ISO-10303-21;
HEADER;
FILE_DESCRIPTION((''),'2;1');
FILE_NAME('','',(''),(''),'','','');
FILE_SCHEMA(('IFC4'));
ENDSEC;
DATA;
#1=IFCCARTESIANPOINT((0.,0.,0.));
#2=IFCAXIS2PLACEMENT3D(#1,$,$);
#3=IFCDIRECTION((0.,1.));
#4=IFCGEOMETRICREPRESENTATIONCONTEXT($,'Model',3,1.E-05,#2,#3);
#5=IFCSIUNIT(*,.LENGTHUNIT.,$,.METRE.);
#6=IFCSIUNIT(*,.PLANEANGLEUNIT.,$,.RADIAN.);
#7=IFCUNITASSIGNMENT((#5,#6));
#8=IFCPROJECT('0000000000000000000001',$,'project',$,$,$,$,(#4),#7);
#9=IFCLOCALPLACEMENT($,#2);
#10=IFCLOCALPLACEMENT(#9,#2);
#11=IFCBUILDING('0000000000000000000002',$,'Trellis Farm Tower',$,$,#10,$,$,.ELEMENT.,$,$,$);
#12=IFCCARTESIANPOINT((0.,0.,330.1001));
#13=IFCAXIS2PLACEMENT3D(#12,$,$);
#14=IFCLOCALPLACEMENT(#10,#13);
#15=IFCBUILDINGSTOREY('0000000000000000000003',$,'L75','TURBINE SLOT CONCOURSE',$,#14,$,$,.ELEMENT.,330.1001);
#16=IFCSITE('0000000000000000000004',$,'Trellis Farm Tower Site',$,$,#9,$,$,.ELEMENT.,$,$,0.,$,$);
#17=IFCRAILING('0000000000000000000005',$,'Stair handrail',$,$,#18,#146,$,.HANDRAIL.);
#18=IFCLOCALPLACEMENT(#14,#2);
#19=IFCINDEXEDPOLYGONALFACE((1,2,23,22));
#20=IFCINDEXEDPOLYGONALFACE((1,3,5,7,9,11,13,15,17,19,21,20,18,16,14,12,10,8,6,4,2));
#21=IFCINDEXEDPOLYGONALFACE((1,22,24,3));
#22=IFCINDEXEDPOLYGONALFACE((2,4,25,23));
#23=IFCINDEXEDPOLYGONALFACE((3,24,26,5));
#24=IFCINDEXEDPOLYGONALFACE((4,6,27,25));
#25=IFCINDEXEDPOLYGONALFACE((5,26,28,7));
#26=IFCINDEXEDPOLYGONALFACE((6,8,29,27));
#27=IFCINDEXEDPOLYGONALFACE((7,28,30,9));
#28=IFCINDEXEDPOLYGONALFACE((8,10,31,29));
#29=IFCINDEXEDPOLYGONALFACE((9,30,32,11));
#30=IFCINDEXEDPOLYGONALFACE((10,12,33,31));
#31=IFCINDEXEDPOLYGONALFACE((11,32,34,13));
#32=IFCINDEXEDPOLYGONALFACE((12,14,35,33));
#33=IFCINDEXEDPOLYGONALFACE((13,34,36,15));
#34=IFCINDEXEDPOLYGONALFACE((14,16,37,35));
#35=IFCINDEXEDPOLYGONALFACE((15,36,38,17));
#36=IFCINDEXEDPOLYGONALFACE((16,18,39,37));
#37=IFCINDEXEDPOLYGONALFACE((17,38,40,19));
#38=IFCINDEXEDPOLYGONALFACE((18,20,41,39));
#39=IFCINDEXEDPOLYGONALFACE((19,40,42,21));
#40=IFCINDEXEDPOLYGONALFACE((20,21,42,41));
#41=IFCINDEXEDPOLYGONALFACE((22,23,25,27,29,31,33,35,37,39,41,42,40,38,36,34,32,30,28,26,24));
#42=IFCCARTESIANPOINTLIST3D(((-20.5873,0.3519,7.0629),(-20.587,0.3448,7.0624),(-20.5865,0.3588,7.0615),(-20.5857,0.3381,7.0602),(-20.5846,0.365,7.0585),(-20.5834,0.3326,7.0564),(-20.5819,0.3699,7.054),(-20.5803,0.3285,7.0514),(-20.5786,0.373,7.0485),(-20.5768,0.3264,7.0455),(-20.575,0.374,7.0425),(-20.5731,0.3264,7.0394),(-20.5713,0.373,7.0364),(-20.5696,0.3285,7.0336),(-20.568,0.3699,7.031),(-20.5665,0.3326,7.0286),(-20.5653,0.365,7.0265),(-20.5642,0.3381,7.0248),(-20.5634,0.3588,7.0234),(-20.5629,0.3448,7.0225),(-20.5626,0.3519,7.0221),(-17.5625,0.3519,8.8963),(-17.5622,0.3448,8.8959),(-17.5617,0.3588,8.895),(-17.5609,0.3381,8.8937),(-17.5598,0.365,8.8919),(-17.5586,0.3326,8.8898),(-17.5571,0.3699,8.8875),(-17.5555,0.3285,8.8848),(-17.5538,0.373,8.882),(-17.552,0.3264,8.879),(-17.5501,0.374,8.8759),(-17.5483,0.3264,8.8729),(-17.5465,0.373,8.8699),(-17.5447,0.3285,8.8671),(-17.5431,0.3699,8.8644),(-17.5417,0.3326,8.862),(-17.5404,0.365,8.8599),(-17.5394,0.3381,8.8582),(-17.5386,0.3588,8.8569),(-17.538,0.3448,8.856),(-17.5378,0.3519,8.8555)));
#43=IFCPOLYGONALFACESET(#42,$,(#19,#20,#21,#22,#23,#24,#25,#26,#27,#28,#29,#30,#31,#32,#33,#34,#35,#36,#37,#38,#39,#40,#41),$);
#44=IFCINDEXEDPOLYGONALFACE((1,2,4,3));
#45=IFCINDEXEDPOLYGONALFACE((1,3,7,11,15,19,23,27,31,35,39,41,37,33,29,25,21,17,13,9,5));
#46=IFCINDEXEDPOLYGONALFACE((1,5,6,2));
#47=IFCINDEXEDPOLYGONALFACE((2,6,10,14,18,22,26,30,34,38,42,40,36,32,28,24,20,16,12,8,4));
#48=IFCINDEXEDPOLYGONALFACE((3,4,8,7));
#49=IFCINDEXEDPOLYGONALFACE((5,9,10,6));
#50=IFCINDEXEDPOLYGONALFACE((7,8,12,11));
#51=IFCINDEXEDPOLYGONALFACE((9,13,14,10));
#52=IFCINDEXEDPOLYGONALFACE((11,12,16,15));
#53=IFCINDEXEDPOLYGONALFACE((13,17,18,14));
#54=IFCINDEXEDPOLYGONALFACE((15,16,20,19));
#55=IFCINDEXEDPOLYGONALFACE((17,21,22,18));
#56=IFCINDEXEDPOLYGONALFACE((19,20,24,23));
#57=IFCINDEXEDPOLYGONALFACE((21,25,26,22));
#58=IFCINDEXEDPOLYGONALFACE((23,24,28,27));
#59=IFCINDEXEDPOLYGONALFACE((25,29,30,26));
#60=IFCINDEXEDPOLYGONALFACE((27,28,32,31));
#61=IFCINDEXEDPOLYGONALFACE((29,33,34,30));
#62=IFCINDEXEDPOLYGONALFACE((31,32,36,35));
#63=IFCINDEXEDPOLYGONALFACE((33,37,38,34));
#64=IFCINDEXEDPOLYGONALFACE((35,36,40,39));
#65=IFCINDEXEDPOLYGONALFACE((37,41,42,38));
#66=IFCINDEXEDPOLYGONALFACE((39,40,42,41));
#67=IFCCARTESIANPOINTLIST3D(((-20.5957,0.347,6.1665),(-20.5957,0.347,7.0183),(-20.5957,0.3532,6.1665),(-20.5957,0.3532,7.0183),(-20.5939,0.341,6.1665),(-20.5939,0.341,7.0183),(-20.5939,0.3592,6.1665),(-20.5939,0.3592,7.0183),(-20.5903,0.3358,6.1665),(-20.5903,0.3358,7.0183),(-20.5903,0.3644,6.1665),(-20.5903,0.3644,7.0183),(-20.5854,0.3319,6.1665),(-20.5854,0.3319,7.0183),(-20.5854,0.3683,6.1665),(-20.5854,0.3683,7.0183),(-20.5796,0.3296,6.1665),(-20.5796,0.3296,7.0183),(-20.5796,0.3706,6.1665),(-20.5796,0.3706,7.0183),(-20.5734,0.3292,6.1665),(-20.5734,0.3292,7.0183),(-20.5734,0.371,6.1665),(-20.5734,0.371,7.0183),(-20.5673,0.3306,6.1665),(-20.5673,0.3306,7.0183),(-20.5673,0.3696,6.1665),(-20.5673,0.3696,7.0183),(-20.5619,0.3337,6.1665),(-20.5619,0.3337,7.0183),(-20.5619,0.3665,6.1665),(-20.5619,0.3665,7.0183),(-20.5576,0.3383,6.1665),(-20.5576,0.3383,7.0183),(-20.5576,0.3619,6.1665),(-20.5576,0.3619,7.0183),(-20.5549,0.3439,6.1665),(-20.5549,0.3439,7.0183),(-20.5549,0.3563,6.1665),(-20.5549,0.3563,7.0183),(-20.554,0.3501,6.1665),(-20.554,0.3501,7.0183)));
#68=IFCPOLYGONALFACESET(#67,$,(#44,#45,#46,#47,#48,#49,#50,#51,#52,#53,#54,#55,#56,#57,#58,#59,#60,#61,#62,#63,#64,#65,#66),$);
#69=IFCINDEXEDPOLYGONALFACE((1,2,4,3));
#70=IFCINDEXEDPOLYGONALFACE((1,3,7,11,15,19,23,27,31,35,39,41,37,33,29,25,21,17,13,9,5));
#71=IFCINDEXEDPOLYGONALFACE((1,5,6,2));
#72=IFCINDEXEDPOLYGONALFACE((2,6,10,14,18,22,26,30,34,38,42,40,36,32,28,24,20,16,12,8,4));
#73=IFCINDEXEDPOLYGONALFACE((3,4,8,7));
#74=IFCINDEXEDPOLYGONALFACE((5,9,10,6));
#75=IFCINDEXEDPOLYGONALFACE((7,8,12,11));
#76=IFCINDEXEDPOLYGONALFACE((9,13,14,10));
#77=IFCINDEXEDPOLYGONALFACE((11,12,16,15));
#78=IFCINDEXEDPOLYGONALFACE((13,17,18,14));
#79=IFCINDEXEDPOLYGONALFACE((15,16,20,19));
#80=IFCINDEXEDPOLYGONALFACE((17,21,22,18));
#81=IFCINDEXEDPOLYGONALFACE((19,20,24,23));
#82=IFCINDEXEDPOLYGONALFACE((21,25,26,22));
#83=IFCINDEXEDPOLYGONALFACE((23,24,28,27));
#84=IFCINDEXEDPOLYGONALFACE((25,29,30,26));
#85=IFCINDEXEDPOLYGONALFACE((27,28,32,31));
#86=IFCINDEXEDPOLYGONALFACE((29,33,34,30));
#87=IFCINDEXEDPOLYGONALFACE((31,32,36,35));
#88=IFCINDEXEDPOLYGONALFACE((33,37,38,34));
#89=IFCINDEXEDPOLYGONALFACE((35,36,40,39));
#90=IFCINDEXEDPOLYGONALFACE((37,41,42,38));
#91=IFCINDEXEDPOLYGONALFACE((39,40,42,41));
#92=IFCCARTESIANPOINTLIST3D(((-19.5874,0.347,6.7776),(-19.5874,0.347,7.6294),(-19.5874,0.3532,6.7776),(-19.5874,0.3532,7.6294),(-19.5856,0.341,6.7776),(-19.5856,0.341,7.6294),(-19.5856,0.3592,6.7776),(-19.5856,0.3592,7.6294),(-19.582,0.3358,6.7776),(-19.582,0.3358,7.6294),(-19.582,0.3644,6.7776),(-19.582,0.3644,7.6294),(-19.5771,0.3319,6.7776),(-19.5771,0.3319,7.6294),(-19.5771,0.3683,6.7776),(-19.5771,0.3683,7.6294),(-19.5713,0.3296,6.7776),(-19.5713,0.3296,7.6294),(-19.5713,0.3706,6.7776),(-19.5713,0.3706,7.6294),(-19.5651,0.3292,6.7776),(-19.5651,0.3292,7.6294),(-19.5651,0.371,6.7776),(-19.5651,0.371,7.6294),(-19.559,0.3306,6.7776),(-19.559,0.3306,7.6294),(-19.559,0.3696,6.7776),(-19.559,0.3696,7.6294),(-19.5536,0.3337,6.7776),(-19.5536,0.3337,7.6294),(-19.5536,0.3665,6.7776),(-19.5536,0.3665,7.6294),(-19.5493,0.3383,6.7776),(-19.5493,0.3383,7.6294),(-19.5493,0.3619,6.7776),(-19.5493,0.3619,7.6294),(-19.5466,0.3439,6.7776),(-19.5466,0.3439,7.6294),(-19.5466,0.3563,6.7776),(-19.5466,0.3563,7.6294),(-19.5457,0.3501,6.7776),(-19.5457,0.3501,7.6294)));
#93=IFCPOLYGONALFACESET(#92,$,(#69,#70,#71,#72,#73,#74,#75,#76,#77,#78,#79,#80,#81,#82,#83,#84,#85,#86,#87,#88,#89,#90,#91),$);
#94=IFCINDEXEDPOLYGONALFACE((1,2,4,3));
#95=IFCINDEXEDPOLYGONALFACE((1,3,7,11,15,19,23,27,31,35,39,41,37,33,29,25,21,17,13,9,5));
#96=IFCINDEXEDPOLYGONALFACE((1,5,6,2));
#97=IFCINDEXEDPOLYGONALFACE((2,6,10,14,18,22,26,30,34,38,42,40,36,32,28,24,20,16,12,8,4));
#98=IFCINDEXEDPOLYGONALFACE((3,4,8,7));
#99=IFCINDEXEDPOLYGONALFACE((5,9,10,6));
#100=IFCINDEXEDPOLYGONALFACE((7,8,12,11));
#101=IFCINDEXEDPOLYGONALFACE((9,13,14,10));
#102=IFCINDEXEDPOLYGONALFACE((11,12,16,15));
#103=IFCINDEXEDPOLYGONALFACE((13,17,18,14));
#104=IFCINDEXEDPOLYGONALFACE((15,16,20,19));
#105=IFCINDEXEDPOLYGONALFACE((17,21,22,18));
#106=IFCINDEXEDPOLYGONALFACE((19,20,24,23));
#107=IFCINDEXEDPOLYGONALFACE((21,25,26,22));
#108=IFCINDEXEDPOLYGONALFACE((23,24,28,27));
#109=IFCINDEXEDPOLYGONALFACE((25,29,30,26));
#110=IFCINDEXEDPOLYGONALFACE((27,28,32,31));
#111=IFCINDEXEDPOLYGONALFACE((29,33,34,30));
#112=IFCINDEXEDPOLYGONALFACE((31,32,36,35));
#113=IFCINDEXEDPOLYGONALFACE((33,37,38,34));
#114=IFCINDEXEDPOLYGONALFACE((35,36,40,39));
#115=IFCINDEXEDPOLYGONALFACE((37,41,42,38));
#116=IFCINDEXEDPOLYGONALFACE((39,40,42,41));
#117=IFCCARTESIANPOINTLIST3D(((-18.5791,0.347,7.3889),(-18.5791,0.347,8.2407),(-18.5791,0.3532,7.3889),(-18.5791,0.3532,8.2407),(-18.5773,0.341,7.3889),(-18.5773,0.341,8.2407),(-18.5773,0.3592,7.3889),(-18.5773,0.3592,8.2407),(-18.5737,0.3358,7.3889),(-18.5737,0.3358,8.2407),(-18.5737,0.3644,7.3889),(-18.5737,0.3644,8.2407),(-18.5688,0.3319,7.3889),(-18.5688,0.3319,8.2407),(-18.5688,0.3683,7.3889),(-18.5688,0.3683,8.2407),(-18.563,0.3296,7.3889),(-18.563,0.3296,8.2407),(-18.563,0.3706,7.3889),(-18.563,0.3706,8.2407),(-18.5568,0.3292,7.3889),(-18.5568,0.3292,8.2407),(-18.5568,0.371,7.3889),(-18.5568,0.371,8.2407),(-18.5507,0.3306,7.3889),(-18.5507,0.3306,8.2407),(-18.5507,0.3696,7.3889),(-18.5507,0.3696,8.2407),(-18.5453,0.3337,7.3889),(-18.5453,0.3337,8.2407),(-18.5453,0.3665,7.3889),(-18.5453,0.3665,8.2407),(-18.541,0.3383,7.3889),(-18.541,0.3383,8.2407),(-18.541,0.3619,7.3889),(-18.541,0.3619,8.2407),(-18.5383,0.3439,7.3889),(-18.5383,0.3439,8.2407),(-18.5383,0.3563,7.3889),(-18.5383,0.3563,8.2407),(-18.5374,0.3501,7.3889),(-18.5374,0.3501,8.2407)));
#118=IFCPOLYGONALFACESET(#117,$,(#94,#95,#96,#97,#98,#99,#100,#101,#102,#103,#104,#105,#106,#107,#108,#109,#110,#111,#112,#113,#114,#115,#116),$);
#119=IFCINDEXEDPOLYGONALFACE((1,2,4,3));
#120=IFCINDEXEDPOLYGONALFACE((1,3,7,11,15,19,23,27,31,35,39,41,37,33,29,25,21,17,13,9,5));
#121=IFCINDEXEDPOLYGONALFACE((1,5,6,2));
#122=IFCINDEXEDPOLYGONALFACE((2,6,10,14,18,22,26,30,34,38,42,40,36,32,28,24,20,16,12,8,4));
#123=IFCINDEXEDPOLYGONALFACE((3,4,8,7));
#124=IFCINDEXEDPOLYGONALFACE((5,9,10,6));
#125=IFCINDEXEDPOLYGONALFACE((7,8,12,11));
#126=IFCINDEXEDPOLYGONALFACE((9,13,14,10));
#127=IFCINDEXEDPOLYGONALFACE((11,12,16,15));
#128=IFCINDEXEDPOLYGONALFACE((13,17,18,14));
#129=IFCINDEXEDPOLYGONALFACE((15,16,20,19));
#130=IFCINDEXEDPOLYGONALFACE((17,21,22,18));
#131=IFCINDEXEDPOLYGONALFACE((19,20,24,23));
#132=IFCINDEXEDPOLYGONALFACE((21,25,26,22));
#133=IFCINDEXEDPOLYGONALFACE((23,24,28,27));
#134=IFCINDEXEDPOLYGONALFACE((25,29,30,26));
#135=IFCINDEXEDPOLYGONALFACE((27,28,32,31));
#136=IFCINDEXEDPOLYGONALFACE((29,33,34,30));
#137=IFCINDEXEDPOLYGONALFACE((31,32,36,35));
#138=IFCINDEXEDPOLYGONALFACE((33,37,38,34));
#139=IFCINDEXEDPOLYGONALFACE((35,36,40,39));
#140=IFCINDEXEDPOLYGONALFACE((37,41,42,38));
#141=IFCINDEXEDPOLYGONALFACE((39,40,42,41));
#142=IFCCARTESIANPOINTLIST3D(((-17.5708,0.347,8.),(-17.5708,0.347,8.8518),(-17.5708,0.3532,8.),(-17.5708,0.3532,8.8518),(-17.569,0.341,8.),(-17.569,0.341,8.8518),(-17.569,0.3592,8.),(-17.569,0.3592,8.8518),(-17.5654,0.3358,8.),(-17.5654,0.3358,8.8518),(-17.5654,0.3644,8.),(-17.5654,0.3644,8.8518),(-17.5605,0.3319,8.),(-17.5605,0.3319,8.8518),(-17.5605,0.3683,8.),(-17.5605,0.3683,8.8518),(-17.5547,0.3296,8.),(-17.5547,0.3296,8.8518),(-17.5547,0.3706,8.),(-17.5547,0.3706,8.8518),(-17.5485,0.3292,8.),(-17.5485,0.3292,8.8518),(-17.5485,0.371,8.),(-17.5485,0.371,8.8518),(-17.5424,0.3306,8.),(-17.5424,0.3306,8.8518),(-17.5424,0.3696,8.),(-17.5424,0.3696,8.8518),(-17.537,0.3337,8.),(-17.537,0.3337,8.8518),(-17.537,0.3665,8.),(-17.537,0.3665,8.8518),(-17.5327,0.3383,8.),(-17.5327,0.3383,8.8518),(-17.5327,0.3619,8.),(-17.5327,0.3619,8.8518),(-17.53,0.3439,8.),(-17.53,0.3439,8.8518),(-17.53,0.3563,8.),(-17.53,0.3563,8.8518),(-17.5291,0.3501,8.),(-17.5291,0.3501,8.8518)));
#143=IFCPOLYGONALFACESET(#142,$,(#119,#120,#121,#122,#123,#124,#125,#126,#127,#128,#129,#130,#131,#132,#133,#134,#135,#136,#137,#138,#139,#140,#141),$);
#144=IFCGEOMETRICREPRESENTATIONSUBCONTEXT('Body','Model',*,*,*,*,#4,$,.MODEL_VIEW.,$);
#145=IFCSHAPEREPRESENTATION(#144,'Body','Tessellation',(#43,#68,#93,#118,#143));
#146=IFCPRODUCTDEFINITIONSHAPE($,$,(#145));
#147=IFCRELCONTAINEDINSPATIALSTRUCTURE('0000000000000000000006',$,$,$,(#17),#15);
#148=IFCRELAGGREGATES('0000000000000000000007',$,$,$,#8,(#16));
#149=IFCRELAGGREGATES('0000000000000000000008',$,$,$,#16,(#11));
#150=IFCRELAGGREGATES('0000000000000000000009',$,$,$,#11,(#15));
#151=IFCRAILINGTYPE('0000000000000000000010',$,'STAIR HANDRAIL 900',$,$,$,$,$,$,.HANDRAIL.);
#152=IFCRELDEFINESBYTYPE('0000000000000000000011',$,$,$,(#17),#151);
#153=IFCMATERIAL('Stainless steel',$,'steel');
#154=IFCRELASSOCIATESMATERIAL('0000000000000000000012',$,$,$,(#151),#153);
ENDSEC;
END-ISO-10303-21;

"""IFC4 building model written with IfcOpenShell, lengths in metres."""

from ifc_helpers import new_model, si_unit, direction, frame, origin, origin_2d, place, context, subcontext, project, spatial, circle, extrude, source, transform, mapped, material, type_object, element, save


model = new_model("IFC4")

# Units and contexts
model_context = context("Model", 3, precision=1e-05, world=origin(), true_north=direction((0.0, 1.0)))
body_context = subcontext(model_context, "Body", "Model", "MODEL_VIEW")
ifc_project = project(units=[si_unit("LENGTHUNIT", "METRE"), si_unit("PLANEANGLEUNIT", "RADIAN")], contexts=[model_context])

# Site, building, storey
site_placement = place(None, origin())
site = spatial("IfcSite", under=ifc_project, at=site_placement, Name="Trellis Farm Tower Site", CompositionType="ELEMENT", RefElevation=0.0)
building_placement = place(site_placement, origin())
building = spatial("IfcBuilding", under=site, at=building_placement, Name="Trellis Farm Tower", CompositionType="ELEMENT")
storey_placement = place(building_placement, frame((0.0, 0.0, 330.1001)))
storey = spatial("IfcBuildingStorey", under=building, at=storey_placement, Name="L75", Description="TURBINE SLOT CONCOURSE", CompositionType="ELEMENT", Elevation=330.1001)

# Railing
ifc_material_1 = material(Name="Stainless steel", Category="steel")
railing_type_1 = type_object("IfcRailingType", Name="STAIR HANDRAIL 900", PredefinedType="HANDRAIL", material=ifc_material_1)
shared_shape_1 = source(origin(), body_context, "Body", "SweptSolid", [
    extrude(circle(Radius=0.0239, at=origin_2d()), frame((0.0, 0.0, 0.876), z_axis=(0.85517, 0.0, 0.518348), x_axis=(0.0, 1.0, 0.0)), (0.0, 0.0, 1.0), 3.5371),
    extrude(circle(Radius=0.021, at=origin_2d()), origin(), (0.0, 0.0, 1.0), 0.8518),
    extrude(circle(Radius=0.021, at=origin_2d()), frame((1.0083, 0.0, 0.6111)), (0.0, 0.0, 1.0), 0.8518),
    extrude(circle(Radius=0.021, at=origin_2d()), frame((2.0166, 0.0, 1.2224)), (0.0, 0.0, 1.0), 0.8518),
    extrude(circle(Radius=0.021, at=origin_2d()), frame((3.0249, 0.0, 1.8335)), (0.0, 0.0, 1.0), 0.8518),
])
for number, where, name in (
    (1, (-20.575, 0.3501, 6.1665), "Stair handrail"),
):
    element("IfcRailing", number, at=place(storey_placement, frame(where)), inside=storey, type_object=railing_type_1, Name=name, PredefinedType="HANDRAIL", context=body_context, shape_type="MappedRepresentation", body=[
        mapped(shared_shape_1, transform((0.0, 0.0, 0.0))),
    ])

save(model, "model.ifc")
